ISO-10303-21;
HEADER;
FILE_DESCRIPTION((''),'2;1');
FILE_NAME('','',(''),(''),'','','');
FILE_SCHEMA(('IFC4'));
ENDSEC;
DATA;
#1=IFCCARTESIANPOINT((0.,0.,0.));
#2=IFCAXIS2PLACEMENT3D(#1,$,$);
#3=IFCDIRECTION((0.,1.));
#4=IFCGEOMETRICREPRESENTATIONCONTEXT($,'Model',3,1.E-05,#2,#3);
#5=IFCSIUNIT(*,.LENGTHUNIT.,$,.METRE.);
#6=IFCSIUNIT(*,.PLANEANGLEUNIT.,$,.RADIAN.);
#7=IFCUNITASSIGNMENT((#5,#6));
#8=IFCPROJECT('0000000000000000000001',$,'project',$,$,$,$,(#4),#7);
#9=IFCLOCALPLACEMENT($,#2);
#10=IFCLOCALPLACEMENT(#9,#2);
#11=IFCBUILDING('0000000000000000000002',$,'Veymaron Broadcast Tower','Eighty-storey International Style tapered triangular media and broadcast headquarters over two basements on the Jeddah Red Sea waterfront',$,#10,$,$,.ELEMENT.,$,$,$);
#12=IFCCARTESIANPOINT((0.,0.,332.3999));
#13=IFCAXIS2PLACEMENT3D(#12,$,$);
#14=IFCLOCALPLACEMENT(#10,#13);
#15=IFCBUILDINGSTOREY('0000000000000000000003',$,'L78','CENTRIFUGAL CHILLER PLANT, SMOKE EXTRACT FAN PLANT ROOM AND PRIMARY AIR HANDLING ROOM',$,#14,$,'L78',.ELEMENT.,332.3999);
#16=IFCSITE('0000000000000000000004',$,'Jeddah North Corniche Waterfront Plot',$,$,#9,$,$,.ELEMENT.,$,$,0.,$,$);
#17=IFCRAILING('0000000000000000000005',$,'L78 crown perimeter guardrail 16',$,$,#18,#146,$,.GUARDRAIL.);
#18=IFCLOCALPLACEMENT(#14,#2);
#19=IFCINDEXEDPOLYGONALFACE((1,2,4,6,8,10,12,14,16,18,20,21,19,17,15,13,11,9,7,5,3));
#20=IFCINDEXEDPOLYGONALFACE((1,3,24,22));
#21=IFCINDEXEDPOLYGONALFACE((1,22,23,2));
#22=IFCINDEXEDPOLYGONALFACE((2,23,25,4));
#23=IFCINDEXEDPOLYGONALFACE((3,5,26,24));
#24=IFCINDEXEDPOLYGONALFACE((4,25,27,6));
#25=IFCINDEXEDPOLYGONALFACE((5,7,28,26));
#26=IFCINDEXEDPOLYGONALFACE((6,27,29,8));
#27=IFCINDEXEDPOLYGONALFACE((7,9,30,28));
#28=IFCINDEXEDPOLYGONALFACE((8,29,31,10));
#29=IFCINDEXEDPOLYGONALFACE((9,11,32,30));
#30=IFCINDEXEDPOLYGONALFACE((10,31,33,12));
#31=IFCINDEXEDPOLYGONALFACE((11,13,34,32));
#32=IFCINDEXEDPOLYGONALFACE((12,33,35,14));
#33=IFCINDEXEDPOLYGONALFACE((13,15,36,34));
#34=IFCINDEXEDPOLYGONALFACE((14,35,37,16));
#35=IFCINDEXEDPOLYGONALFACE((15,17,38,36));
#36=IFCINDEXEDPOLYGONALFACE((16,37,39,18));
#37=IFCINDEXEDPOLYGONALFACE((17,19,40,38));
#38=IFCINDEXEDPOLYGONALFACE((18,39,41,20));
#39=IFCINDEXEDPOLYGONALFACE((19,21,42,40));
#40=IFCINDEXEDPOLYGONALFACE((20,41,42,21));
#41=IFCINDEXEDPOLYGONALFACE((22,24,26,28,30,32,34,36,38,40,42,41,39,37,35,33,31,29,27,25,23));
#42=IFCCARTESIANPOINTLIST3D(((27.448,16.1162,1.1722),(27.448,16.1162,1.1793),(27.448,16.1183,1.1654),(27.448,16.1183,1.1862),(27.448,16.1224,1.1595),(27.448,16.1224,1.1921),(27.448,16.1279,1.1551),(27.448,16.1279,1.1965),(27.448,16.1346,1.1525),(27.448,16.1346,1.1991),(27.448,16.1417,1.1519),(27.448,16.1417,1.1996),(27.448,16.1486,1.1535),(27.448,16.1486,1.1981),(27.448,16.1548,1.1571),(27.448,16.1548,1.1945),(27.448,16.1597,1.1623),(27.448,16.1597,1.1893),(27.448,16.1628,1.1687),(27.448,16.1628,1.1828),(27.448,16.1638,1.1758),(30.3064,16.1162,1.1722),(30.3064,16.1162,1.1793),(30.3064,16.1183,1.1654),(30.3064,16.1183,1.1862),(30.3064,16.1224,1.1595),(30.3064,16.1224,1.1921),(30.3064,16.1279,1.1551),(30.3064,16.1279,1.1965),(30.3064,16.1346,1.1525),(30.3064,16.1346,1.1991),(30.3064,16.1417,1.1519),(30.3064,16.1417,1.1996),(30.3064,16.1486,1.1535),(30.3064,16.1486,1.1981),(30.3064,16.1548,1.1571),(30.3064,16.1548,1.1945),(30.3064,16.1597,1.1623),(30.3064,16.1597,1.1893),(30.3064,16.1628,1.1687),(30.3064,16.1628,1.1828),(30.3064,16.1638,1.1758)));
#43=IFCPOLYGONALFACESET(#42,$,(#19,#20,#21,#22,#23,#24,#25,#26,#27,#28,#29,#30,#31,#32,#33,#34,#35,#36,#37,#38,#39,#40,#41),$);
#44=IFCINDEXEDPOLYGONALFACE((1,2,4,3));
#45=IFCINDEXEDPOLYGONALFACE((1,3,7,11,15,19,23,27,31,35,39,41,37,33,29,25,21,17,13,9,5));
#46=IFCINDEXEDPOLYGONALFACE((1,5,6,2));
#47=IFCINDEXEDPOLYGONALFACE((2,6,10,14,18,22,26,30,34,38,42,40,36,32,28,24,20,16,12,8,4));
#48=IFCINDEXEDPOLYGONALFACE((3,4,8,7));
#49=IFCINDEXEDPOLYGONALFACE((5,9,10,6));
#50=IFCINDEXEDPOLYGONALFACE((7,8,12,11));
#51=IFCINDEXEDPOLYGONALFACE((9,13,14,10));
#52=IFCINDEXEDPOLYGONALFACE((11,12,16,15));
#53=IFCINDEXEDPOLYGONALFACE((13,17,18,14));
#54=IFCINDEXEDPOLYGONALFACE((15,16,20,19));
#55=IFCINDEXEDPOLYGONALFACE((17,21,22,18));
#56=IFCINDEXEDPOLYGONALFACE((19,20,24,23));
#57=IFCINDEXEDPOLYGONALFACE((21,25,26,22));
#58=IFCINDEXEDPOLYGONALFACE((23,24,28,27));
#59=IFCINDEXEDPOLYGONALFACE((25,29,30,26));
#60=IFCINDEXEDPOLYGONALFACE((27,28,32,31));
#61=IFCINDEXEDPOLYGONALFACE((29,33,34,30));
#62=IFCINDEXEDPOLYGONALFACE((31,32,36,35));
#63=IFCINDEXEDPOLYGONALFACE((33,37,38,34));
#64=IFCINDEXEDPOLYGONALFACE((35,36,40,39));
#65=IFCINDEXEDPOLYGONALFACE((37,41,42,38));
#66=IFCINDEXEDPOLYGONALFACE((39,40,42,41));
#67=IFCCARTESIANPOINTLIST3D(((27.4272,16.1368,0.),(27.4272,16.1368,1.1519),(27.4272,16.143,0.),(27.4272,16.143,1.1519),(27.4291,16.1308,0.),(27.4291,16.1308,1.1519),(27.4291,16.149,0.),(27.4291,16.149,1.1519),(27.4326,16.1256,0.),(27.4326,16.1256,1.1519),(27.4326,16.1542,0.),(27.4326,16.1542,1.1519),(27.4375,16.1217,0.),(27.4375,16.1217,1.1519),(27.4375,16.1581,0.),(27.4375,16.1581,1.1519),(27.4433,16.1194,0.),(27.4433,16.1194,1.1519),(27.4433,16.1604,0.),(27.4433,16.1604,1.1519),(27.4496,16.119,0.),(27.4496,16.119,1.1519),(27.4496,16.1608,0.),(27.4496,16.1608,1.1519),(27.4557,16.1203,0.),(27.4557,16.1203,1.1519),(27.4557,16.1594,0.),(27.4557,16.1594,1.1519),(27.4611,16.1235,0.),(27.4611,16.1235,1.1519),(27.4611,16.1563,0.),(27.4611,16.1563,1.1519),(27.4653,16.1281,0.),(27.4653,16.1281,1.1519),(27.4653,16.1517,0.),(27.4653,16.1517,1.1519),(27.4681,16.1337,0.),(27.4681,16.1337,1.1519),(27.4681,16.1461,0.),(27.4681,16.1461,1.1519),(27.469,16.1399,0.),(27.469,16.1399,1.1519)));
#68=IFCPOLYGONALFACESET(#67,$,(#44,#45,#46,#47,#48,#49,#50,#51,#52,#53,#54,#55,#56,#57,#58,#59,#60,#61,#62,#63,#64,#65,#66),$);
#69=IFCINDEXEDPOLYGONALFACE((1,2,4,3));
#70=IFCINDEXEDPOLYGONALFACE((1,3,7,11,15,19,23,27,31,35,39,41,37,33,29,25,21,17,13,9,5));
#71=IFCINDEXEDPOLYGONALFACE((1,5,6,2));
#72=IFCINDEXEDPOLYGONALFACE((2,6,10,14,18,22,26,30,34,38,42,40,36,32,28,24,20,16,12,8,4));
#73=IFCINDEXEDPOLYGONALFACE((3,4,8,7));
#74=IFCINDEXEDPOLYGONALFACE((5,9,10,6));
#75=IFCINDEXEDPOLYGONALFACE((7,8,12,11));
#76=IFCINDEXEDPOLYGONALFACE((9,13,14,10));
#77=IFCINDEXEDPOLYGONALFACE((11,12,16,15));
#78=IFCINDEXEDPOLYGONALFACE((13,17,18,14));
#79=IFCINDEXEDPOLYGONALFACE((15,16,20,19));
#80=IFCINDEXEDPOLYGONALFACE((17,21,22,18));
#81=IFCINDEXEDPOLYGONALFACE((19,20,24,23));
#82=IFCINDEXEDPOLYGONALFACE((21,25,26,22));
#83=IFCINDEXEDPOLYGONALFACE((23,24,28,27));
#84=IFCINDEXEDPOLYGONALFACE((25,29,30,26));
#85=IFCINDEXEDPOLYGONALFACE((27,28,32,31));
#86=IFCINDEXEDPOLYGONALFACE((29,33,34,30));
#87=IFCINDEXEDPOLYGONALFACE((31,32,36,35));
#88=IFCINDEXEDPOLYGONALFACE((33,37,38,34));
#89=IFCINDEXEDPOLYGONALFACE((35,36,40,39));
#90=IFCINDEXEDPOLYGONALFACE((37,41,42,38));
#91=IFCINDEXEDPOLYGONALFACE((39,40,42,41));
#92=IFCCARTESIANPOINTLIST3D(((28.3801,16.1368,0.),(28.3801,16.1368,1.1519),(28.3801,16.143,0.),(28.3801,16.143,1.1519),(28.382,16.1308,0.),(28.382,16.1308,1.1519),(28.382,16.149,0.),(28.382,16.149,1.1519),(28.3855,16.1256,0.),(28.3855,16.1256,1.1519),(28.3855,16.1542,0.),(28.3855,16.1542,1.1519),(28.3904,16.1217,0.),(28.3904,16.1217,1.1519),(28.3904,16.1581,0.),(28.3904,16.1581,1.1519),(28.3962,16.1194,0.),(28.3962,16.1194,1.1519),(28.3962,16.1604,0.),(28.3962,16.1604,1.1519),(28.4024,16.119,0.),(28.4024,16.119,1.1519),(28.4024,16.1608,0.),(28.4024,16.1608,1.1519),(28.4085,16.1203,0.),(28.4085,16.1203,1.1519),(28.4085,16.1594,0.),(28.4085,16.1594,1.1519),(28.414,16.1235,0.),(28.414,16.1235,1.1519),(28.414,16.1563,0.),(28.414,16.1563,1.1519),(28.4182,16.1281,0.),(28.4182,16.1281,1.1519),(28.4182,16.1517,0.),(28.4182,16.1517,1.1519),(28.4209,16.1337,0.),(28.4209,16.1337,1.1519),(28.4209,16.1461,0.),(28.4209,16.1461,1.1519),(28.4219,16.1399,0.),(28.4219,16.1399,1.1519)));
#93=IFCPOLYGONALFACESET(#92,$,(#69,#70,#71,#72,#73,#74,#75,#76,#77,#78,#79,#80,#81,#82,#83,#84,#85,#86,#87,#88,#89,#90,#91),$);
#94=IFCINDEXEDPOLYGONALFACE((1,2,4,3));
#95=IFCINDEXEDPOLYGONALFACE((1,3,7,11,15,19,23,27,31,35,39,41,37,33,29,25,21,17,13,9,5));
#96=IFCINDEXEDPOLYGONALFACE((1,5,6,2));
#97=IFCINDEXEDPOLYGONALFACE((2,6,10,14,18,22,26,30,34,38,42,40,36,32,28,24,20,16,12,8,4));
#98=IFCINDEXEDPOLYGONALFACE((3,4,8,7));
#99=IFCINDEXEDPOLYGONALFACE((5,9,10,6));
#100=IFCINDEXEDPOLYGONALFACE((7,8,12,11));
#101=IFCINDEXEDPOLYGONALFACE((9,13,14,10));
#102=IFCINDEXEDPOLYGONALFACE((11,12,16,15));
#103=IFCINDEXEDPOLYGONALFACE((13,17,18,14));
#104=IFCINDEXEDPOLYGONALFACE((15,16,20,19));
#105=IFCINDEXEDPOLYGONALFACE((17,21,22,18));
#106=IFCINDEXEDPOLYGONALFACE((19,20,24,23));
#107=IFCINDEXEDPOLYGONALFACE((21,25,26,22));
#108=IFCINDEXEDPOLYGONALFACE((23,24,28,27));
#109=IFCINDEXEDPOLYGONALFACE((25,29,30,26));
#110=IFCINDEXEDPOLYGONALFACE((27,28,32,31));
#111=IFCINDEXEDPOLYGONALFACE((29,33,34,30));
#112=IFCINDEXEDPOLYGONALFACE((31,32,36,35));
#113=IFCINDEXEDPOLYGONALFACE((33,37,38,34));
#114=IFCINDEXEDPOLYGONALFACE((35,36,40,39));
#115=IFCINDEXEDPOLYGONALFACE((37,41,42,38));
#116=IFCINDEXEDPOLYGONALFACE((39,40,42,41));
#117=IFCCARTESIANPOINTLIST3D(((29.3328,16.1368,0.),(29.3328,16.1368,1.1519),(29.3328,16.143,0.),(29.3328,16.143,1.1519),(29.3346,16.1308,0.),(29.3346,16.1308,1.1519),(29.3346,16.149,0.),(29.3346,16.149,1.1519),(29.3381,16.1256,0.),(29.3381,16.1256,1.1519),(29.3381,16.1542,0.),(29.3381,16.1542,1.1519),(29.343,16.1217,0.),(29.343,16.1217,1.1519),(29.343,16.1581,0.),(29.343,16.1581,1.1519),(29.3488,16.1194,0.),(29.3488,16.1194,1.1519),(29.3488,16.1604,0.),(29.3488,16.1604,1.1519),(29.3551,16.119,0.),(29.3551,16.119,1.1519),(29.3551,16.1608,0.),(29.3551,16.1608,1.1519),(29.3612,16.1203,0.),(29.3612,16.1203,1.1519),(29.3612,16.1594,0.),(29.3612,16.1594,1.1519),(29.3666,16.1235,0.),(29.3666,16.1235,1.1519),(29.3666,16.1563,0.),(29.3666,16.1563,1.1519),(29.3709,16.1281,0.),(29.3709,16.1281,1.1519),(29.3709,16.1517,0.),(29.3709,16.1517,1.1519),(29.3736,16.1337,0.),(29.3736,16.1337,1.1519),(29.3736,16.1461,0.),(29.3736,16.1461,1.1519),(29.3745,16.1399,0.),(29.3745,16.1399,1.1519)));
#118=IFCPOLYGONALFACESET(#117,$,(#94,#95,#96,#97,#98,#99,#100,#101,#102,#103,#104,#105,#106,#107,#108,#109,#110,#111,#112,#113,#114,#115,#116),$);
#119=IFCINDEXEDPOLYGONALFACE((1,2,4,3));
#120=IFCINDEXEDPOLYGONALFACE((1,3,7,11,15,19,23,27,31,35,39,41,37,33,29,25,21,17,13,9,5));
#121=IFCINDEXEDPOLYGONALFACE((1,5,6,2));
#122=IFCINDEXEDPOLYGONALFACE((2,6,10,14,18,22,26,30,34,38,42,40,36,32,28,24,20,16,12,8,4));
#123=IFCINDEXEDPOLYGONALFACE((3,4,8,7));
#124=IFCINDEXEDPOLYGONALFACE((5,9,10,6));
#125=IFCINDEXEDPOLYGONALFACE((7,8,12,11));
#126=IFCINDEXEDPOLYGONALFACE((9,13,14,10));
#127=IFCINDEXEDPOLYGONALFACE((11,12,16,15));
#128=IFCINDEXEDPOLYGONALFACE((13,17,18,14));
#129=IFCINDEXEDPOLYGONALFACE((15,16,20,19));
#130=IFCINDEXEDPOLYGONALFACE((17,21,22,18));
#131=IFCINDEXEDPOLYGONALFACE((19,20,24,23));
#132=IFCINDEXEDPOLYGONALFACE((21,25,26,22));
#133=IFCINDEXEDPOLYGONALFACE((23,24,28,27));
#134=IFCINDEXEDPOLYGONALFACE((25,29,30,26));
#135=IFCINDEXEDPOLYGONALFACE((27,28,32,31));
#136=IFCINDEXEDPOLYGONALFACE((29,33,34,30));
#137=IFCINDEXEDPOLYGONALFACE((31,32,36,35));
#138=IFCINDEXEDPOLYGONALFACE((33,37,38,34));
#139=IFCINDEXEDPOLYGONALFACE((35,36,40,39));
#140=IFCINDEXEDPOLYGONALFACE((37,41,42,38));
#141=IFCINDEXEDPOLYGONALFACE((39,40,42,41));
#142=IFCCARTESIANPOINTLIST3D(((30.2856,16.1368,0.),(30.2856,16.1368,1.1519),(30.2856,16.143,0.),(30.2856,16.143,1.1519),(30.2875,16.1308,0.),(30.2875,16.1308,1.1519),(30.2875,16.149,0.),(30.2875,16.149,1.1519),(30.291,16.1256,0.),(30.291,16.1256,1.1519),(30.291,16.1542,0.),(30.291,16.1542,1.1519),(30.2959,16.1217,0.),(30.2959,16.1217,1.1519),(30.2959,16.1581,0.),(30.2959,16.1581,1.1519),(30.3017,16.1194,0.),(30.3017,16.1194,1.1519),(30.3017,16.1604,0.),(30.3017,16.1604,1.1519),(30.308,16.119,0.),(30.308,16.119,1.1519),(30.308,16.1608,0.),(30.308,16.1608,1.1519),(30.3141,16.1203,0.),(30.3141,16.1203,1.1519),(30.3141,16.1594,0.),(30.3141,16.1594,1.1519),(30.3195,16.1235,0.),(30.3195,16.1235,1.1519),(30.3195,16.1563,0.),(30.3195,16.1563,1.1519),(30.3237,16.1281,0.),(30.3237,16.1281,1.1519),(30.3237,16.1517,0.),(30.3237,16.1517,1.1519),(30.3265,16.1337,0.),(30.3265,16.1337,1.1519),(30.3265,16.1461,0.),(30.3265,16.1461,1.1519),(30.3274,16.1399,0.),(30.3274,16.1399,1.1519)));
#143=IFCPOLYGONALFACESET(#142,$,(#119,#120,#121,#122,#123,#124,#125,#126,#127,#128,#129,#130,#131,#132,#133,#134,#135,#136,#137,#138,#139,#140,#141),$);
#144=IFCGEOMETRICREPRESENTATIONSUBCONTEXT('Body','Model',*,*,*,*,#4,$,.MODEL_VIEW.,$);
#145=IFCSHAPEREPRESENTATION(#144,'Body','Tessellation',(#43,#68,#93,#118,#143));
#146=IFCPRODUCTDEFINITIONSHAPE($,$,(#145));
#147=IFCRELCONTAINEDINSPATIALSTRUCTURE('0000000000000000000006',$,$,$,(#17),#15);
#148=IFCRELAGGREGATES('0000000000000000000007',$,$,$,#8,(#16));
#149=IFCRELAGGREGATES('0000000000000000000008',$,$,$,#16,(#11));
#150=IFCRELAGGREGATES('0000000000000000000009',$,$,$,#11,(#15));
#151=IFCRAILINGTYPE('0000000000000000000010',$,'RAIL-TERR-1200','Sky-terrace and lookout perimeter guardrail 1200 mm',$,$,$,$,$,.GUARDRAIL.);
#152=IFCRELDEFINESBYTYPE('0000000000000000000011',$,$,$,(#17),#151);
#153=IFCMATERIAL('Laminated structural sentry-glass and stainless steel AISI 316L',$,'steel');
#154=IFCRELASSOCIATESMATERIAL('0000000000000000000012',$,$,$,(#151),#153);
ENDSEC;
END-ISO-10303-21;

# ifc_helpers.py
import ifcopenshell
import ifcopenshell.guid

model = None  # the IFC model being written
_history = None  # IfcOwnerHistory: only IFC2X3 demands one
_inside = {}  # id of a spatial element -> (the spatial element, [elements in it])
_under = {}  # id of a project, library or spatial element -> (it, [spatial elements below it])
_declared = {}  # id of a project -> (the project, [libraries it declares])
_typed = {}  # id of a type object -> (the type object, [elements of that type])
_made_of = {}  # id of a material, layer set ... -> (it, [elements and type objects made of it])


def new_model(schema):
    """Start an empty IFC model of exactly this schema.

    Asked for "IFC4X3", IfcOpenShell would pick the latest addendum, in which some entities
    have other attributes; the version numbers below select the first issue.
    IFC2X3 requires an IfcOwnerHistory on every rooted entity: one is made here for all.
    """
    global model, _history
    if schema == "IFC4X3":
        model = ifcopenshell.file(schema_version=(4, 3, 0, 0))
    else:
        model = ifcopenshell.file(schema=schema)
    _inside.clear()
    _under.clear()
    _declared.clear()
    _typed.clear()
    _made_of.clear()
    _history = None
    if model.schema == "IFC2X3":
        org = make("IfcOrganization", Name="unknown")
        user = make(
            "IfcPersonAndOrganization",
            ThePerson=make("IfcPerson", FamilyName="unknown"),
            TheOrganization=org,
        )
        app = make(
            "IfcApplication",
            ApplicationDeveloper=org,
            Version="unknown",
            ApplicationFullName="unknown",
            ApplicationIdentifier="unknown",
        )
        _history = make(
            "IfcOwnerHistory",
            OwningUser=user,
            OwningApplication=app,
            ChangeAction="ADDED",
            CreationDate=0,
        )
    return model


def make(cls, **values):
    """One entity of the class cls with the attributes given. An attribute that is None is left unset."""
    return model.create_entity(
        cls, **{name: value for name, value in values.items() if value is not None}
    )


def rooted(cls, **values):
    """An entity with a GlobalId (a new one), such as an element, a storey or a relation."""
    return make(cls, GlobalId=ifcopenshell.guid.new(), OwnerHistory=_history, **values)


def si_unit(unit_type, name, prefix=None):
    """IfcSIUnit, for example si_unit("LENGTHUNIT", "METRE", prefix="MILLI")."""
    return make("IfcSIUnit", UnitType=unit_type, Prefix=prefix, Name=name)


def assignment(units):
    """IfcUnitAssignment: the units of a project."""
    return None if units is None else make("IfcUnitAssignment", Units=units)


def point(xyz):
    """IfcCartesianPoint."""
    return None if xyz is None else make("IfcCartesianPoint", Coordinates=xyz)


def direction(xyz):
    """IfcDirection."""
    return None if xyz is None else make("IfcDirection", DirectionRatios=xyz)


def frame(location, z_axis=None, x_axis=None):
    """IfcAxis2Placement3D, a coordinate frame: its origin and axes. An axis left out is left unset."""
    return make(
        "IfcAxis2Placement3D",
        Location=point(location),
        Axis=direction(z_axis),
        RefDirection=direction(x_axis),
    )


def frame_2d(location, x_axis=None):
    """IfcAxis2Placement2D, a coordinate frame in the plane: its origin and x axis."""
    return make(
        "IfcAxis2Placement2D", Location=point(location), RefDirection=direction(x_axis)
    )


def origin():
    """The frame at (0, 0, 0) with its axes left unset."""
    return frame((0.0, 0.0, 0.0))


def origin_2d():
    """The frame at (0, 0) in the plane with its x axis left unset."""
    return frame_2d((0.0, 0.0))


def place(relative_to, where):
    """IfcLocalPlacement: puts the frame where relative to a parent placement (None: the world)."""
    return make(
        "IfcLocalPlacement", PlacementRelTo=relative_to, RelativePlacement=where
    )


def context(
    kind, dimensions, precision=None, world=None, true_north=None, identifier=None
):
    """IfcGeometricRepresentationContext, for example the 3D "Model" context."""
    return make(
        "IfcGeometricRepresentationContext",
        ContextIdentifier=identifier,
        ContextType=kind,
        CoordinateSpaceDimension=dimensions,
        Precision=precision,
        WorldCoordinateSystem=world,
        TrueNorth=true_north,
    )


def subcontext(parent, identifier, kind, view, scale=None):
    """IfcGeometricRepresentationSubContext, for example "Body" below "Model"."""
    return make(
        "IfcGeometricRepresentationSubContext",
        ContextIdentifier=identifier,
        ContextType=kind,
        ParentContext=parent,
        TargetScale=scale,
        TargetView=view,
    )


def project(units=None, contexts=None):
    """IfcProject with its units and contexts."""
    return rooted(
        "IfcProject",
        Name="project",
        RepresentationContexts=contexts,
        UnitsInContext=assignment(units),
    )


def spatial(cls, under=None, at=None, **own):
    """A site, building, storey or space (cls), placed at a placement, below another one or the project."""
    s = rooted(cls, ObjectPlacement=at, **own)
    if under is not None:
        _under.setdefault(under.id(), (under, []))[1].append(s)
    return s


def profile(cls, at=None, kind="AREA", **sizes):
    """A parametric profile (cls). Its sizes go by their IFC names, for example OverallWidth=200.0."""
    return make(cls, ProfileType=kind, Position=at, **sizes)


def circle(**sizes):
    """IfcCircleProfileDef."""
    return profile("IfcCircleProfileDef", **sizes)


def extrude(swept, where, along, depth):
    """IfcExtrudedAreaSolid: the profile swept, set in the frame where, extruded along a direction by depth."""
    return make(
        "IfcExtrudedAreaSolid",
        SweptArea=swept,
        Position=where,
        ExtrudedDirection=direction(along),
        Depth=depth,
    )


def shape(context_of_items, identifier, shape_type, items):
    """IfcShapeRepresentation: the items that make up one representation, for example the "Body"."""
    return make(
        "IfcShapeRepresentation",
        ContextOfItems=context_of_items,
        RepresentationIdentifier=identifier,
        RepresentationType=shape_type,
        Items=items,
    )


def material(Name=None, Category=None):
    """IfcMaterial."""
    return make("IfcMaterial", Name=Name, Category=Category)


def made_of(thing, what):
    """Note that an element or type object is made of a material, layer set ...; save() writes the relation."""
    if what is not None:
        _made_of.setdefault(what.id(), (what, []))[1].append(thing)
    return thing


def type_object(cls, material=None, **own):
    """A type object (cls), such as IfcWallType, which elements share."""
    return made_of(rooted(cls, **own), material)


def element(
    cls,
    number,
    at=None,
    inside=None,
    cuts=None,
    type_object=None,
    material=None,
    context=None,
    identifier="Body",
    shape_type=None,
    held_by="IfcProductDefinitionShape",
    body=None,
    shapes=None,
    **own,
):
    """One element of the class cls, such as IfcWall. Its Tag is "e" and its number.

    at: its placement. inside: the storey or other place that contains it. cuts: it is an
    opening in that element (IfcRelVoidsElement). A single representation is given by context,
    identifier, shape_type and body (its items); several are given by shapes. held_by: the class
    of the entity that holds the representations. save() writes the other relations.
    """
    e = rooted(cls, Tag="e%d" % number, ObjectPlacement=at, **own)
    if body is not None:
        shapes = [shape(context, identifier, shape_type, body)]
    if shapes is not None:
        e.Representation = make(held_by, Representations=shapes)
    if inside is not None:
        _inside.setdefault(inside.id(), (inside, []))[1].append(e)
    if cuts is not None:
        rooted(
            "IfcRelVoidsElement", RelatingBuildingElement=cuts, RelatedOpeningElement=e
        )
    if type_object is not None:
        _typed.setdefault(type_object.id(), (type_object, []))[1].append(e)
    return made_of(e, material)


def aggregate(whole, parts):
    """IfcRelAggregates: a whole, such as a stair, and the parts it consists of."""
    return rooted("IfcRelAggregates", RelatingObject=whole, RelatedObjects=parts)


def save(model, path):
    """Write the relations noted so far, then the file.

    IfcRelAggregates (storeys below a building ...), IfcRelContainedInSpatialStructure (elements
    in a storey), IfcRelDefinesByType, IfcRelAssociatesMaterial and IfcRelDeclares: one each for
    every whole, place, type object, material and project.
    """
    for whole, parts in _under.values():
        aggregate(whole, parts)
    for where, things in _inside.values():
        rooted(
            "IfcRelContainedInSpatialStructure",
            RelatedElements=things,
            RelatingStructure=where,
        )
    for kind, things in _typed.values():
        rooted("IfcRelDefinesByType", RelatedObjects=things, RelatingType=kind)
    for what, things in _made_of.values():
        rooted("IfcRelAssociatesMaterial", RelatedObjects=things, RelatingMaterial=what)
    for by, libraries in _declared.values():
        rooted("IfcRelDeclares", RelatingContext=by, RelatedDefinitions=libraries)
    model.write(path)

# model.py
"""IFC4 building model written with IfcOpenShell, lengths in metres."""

from ifc_helpers import new_model, si_unit, direction, frame, origin, origin_2d, place, context, subcontext, project, spatial, circle, extrude, material, type_object, element, save


model = new_model("IFC4")

# Units and contexts
model_context = context("Model", 3, precision=1e-05, world=origin(), true_north=direction((0.0, 1.0)))
body_context = subcontext(model_context, "Body", "Model", "MODEL_VIEW")
ifc_project = project(units=[si_unit("LENGTHUNIT", "METRE"), si_unit("PLANEANGLEUNIT", "RADIAN")], contexts=[model_context])

# Site, building, storey
site_placement = place(None, origin())
site = spatial("IfcSite", under=ifc_project, at=site_placement, Name="Jeddah North Corniche Waterfront Plot", CompositionType="ELEMENT", RefElevation=0.0)
building_placement = place(site_placement, origin())
building = spatial("IfcBuilding", under=site, at=building_placement, Name="Veymaron Broadcast Tower", Description="Eighty-storey International Style tapered triangular media and broadcast headquarters over two basements on the Jeddah Red Sea waterfront", CompositionType="ELEMENT")
storey_placement = place(building_placement, frame((0.0, 0.0, 332.3999)))
storey = spatial("IfcBuildingStorey", under=building, at=storey_placement, Name="L78", Description="CENTRIFUGAL CHILLER PLANT, SMOKE EXTRACT FAN PLANT ROOM AND PRIMARY AIR HANDLING ROOM", LongName="L78", CompositionType="ELEMENT", Elevation=332.3999)

# Railing
ifc_material_1 = material(Name="Laminated structural sentry-glass and stainless steel AISI 316L", Category="steel")
railing_type = type_object("IfcRailingType", Name="RAIL-TERR-1200", Description="Sky-terrace and lookout perimeter guardrail 1200 mm", PredefinedType="GUARDRAIL", material=ifc_material_1)
railing_1_placement = place(storey_placement, frame((27.448, 16.1399, 0.0)))
element("IfcRailing", 1, at=railing_1_placement, inside=storey, type_object=railing_type, Name="L78 crown perimeter guardrail 16", PredefinedType="GUARDRAIL", context=body_context, shape_type="SweptSolid", body=[
    extrude(circle(Radius=0.0239, at=origin_2d()), frame((0.0, 0.0, 1.1758), z_axis=(1.0, 0.0, 0.0), x_axis=(0.0, 1.0, 0.0)), (0.0, 0.0, 1.0), 2.8584),
    extrude(circle(Radius=0.021, at=origin_2d()), origin(), (0.0, 0.0, 1.0), 1.1519),
    extrude(circle(Radius=0.021, at=origin_2d()), frame((0.9529, 0.0, 0.0)), (0.0, 0.0, 1.0), 1.1519),
    extrude(circle(Radius=0.021, at=origin_2d()), frame((1.9055, 0.0, 0.0)), (0.0, 0.0, 1.0), 1.1519),
    extrude(circle(Radius=0.021, at=origin_2d()), frame((2.8584, 0.0, 0.0)), (0.0, 0.0, 1.0), 1.1519),
])

save(model, "model.ifc")
